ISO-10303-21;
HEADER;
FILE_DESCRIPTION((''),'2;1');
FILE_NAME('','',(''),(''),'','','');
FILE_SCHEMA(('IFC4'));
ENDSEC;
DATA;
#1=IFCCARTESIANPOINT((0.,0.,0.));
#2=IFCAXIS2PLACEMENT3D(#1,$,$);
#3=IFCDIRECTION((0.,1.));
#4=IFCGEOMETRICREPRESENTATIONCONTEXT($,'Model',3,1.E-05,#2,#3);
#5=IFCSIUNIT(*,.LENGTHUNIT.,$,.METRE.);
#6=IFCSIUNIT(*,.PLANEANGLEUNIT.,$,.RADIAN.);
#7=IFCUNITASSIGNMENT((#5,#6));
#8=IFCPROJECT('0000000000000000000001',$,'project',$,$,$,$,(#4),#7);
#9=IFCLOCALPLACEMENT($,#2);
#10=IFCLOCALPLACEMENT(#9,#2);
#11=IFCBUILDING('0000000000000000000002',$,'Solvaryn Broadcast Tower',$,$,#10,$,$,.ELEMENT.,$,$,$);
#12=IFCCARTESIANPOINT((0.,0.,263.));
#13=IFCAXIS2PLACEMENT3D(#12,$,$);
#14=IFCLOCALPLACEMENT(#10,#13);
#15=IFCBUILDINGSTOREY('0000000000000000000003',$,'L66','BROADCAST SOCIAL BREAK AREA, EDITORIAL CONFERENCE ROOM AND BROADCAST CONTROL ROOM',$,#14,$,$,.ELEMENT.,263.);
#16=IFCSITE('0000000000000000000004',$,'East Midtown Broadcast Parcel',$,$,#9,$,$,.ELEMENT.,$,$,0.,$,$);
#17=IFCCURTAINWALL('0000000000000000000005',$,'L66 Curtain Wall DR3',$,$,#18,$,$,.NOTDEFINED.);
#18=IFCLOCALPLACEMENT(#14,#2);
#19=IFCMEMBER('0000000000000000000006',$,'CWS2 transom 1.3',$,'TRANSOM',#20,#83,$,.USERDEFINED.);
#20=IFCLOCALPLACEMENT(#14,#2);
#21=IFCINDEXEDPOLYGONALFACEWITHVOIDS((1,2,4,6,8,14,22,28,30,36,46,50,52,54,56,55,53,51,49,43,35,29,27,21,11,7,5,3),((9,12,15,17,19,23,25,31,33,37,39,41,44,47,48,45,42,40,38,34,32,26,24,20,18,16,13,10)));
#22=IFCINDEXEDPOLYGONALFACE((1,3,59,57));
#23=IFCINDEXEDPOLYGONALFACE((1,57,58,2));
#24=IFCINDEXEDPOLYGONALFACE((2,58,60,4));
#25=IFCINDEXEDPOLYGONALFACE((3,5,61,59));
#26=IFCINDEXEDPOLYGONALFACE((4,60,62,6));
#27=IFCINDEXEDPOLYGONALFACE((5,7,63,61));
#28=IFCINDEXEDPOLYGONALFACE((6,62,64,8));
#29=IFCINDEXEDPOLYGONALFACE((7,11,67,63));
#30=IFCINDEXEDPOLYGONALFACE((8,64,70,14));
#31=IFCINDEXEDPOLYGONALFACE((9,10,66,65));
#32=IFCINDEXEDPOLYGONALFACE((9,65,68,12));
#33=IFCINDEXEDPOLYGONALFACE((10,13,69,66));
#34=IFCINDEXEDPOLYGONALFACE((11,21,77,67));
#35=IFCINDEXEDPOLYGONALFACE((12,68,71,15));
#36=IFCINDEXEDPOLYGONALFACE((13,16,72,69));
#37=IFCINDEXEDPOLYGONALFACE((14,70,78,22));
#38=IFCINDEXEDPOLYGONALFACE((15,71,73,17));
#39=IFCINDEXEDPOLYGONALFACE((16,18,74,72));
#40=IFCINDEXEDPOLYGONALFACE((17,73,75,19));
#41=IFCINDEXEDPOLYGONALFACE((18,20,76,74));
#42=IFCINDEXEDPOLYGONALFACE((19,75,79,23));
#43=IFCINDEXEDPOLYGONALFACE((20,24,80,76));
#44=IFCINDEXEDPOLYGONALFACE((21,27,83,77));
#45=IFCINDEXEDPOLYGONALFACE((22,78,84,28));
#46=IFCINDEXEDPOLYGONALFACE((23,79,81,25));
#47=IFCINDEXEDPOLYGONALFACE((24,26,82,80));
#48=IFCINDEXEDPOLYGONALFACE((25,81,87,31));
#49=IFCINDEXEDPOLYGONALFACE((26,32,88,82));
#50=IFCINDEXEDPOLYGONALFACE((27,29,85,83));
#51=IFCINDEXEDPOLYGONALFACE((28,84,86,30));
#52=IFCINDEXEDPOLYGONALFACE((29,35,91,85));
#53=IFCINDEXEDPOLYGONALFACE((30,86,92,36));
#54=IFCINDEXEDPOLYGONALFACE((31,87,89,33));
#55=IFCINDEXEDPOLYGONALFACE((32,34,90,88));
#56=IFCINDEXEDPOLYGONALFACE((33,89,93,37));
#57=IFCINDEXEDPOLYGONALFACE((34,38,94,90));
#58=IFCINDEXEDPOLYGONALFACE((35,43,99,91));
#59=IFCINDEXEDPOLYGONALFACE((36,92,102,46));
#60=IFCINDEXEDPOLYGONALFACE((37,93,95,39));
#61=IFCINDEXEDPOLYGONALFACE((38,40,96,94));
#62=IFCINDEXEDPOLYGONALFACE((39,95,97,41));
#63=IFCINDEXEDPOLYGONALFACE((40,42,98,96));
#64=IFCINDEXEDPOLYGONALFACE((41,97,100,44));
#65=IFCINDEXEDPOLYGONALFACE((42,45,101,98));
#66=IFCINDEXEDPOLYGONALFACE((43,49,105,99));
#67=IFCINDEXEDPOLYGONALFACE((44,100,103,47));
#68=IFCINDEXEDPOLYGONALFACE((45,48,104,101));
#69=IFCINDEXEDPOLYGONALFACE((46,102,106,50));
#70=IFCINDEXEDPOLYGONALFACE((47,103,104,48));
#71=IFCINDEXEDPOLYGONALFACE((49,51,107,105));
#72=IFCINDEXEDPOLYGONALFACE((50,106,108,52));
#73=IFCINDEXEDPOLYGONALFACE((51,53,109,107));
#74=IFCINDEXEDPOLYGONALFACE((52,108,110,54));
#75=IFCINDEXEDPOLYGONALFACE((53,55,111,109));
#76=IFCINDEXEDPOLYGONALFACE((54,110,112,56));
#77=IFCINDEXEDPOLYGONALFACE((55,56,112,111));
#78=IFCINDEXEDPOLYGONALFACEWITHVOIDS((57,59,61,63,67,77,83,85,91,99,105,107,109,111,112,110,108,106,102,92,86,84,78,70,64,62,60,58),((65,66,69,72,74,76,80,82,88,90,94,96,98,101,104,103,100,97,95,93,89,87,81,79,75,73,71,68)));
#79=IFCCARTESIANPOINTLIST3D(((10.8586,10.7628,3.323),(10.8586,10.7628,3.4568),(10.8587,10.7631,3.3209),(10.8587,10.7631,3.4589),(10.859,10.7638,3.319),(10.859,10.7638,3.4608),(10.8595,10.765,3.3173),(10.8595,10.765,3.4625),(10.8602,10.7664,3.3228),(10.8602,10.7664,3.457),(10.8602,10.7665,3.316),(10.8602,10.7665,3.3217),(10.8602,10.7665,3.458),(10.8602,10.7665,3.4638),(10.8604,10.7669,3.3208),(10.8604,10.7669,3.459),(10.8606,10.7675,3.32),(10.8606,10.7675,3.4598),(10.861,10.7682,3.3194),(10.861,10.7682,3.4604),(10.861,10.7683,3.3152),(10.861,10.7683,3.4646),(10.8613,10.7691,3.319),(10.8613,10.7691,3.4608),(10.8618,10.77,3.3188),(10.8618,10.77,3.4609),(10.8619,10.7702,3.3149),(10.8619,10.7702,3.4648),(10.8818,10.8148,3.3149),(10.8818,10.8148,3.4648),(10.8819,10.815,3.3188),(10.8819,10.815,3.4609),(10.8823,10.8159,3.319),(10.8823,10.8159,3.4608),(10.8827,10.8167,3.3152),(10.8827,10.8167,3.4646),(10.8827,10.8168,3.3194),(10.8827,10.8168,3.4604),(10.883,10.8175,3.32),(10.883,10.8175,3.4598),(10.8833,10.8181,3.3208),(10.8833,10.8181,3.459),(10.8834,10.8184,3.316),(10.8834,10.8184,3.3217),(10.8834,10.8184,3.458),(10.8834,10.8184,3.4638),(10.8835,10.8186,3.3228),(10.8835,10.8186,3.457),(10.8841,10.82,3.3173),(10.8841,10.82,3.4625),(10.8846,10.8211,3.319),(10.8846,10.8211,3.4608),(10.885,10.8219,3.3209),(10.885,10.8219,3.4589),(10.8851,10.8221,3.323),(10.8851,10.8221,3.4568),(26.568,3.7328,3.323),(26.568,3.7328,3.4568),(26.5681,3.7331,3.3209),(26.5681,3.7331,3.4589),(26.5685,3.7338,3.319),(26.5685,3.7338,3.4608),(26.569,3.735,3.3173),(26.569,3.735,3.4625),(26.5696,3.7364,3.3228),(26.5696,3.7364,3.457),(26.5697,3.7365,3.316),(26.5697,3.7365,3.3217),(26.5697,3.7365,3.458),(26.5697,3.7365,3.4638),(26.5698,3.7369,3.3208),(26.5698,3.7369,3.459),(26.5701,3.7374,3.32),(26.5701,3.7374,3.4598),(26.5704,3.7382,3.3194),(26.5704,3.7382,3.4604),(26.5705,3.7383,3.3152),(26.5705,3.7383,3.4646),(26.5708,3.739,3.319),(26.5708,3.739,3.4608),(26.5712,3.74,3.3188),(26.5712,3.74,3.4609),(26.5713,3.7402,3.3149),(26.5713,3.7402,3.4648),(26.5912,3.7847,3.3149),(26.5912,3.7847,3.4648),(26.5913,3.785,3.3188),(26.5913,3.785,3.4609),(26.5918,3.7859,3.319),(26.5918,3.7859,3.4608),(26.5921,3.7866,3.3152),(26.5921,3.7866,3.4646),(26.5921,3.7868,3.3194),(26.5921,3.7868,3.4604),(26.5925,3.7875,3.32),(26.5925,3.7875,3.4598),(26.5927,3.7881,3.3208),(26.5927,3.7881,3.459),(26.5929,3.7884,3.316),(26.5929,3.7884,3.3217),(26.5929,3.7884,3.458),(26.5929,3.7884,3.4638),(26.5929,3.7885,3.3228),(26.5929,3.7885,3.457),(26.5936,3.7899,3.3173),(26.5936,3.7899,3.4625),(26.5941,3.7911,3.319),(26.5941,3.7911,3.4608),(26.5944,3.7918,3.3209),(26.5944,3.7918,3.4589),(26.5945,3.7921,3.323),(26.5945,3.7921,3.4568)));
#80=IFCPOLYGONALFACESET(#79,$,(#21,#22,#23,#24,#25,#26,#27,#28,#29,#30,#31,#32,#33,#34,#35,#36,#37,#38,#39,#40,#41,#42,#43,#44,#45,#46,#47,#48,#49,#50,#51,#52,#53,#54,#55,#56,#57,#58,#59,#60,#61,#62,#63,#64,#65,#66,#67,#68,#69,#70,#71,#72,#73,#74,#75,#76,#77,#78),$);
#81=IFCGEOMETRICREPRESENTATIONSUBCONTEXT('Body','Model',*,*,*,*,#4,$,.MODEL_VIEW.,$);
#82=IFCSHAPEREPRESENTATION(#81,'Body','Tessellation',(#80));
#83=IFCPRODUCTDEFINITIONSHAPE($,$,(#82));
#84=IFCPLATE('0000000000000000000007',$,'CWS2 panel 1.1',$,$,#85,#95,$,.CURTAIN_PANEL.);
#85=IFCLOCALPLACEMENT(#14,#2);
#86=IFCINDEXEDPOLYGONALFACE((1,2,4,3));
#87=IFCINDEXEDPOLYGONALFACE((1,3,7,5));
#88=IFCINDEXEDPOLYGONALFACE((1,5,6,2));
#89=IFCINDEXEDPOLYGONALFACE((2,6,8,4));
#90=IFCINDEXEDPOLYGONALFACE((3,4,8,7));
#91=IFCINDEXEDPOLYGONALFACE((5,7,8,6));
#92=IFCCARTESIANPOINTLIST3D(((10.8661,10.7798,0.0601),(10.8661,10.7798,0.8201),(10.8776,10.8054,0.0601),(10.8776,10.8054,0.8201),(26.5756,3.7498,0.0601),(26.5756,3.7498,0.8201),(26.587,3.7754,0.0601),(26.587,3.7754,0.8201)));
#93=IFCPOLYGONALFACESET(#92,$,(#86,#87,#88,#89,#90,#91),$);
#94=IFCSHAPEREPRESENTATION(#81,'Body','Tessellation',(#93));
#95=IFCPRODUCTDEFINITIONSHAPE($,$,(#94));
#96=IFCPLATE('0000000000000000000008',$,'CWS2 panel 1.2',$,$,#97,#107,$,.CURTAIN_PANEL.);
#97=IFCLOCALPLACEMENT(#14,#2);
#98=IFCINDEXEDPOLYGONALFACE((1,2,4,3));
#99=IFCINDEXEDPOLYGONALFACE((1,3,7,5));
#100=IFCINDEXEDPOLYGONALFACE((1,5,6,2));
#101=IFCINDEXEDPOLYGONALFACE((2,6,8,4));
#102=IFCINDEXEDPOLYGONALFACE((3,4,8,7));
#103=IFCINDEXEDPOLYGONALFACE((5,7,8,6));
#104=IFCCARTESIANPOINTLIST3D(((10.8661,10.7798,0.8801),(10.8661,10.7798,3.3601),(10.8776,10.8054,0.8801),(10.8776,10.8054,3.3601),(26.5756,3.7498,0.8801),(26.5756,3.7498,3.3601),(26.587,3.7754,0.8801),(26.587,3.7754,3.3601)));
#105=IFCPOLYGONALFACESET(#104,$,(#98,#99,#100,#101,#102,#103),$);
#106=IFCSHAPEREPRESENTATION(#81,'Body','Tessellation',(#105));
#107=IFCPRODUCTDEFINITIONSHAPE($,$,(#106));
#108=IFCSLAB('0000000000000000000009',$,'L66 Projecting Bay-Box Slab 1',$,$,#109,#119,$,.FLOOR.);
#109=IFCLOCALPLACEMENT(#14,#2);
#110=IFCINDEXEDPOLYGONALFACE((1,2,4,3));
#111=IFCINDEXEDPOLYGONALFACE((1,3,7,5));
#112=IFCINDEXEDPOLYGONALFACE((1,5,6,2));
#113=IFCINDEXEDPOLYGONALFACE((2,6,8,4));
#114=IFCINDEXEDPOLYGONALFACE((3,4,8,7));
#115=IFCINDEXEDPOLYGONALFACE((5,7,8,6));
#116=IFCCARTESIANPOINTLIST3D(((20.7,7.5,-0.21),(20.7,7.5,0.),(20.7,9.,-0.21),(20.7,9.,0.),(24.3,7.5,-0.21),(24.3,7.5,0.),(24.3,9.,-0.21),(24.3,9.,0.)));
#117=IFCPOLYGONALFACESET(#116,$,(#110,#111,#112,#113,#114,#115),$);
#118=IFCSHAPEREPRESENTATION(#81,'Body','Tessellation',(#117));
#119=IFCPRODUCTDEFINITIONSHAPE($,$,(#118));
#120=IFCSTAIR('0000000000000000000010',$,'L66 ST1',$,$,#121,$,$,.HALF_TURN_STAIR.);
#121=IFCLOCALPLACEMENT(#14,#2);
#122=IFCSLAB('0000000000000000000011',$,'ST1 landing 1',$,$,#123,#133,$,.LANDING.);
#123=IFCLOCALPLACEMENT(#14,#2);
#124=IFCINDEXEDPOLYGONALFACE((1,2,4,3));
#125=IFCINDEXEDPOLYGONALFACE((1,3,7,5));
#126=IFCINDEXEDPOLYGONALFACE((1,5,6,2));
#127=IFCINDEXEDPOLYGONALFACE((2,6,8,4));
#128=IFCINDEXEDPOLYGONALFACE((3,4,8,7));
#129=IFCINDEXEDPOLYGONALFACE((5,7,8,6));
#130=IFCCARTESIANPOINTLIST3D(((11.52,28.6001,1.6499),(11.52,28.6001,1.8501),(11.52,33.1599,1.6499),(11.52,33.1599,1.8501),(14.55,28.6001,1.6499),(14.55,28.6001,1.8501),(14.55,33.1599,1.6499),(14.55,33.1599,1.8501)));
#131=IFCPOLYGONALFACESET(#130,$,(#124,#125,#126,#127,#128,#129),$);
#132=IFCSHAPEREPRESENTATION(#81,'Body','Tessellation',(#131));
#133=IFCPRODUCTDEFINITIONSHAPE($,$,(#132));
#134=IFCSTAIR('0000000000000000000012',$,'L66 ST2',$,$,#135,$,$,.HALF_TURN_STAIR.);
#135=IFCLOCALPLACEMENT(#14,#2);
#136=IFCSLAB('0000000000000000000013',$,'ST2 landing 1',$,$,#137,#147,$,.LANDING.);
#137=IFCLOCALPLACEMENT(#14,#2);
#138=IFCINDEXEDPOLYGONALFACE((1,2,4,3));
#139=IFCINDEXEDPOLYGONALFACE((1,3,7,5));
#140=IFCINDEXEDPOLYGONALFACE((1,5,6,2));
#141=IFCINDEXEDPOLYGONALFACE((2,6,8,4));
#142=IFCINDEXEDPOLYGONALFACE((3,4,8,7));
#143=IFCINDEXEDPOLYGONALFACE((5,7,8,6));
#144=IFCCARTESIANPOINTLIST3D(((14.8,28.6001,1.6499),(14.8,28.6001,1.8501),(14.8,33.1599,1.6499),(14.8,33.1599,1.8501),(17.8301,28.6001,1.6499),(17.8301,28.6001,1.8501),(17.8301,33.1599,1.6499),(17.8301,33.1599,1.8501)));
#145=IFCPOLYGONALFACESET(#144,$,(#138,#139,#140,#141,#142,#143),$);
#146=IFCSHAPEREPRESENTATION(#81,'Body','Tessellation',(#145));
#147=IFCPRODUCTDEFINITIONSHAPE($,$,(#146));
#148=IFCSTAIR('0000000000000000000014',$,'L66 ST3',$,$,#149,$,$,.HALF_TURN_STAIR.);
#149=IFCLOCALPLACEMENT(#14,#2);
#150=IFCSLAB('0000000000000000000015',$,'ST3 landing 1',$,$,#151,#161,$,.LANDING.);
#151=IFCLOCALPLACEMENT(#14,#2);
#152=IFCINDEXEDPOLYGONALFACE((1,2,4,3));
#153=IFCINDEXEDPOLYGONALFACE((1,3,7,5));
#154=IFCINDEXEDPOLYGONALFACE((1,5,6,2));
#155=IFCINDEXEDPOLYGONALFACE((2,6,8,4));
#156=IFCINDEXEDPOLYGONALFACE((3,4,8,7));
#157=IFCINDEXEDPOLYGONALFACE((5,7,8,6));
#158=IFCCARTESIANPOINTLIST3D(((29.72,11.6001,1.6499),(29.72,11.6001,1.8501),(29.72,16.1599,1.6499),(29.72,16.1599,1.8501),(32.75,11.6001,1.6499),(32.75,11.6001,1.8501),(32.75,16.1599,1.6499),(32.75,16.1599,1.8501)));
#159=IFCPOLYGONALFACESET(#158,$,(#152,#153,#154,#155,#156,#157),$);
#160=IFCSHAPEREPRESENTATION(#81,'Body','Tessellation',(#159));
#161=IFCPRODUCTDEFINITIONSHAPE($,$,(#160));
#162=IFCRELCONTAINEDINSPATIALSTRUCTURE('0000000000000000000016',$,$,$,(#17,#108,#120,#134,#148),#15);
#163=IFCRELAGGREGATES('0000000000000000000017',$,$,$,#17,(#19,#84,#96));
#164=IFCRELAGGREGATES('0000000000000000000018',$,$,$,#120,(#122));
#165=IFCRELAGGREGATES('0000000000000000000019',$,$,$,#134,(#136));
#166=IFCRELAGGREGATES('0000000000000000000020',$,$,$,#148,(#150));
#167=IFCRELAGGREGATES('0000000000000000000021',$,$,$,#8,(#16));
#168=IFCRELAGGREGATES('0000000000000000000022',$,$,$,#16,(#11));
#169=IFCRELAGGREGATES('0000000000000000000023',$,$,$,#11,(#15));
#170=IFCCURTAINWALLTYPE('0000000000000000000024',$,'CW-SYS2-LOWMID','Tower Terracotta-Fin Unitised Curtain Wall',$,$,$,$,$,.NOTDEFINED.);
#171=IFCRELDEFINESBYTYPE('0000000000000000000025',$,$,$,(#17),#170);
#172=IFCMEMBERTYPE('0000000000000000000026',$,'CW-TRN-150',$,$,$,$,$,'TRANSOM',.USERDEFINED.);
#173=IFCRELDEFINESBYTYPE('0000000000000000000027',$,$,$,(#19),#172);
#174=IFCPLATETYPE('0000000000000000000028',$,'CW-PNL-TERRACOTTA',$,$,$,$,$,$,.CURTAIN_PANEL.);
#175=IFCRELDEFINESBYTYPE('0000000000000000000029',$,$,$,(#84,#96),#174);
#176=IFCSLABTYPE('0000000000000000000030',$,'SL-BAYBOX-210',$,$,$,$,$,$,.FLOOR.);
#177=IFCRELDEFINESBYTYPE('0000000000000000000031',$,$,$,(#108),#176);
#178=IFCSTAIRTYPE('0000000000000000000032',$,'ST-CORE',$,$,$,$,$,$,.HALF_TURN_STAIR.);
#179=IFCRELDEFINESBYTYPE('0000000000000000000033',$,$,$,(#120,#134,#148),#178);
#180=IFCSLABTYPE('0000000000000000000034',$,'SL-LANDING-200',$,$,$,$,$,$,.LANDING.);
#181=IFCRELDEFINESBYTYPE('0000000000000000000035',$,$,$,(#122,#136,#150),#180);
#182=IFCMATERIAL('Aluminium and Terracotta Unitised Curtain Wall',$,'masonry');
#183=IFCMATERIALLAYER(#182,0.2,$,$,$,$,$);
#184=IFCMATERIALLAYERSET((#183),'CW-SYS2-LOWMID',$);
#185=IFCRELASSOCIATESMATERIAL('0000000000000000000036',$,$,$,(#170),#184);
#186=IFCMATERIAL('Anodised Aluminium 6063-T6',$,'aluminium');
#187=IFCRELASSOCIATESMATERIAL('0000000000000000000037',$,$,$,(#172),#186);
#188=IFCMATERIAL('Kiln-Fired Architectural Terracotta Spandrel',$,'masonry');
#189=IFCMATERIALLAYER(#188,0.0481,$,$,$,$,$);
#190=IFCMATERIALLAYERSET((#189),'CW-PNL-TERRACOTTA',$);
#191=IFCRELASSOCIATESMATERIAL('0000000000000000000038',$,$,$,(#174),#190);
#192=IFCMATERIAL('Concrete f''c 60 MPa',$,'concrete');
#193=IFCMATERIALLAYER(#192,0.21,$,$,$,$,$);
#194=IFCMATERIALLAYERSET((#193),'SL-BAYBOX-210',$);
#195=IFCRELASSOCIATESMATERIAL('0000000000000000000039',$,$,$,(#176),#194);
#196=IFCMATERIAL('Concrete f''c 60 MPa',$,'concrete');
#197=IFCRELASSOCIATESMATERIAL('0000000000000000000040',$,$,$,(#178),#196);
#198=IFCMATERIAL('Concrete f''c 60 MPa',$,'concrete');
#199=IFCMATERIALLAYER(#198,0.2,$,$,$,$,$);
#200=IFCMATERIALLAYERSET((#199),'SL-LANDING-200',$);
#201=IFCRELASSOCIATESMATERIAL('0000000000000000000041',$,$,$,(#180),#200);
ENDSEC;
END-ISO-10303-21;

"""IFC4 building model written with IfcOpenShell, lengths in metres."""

from ifc_helpers import new_model, si_unit, direction, frame, origin, origin_2d, place, context, subcontext, project, spatial, polyline, rectangle, hollow_rectangle, outline, extrude, material, layer, layer_set, material_profile, profile_set, type_object, element, aggregate, save


model = new_model("IFC4")

# Units and contexts
model_context = context("Model", 3, precision=1e-05, world=origin(), true_north=direction((0.0, 1.0)))
body_context = subcontext(model_context, "Body", "Model", "MODEL_VIEW")
ifc_project = project(units=[si_unit("LENGTHUNIT", "METRE"), si_unit("PLANEANGLEUNIT", "RADIAN")], contexts=[model_context])

# Site, building, storey
site_placement = place(None, origin())
site = spatial("IfcSite", under=ifc_project, at=site_placement, Name="East Midtown Broadcast Parcel", CompositionType="ELEMENT", RefElevation=0.0)
building_placement = place(site_placement, origin())
building = spatial("IfcBuilding", under=site, at=building_placement, Name="Solvaryn Broadcast Tower", CompositionType="ELEMENT")
storey_placement = place(building_placement, frame((0.0, 0.0, 263.0)))
storey = spatial("IfcBuildingStorey", under=building, at=storey_placement, Name="L66", Description="BROADCAST SOCIAL BREAK AREA, EDITORIAL CONFERENCE ROOM AND BROADCAST CONTROL ROOM", CompositionType="ELEMENT", Elevation=263.0)

# Shared definitions
ifc_material_1 = material(Name="Aluminium and Terracotta Unitised Curtain Wall", Category="masonry")
ifc_layer_1 = layer(ifc_material_1, 0.2)
ifc_layer_set_1 = layer_set([ifc_layer_1], Name="CW-SYS2-LOWMID")
curtain_wall_type = type_object("IfcCurtainWallType", Name="CW-SYS2-LOWMID", Description="Tower Terracotta-Fin Unitised Curtain Wall", PredefinedType="NOTDEFINED", material=ifc_layer_set_1)

# Curtain wall, member, plates
curtain_wall_1_placement = place(storey_placement, origin())
curtain_wall_1 = element("IfcCurtainWall", 1, at=curtain_wall_1_placement, inside=storey, type_object=curtain_wall_type, Name="L66 Curtain Wall DR3", PredefinedType="NOTDEFINED")
ifc_material_2 = material(Name="Anodised Aluminium 6063-T6", Category="aluminium")
ifc_material_profile_1 = material_profile(ifc_material_2, hollow_rectangle(XDim=0.0649, YDim=0.1499, WallThickness=0.0039, InnerFilletRadius=0.0039, OuterFilletRadius=0.0081, at=origin_2d()))
ifc_profile_set_1 = profile_set([ifc_material_profile_1], Name="Anodised Aluminium 6063-T6")
member_type_1 = type_object("IfcMemberType", Name="CW-TRN-150", ElementType="TRANSOM", PredefinedType="USERDEFINED", material=ifc_profile_set_1)
member_1_placement = place(storey_placement, frame((10.8718, 10.7925, 3.3899), z_axis=(0.912773, -0.408468, 0.0), x_axis=(0.408468, 0.912773, 0.0)))
member_1 = element("IfcMember", 2, at=member_1_placement, type_object=member_type_1, Name="CWS2 transom 1.3", ObjectType="TRANSOM", PredefinedType="USERDEFINED", context=body_context, shape_type="SweptSolid", body=[
    extrude(hollow_rectangle(XDim=0.0649, YDim=0.1499, WallThickness=0.0039, InnerFilletRadius=0.0039, OuterFilletRadius=0.0081, at=origin_2d()), origin(), (0.0, 0.0, 1.0), 17.2107),
])
ifc_material_3 = material(Name="Kiln-Fired Architectural Terracotta Spandrel", Category="masonry")
ifc_layer_2 = layer(ifc_material_3, 0.0481)
ifc_layer_set_2 = layer_set([ifc_layer_2], Name="CW-PNL-TERRACOTTA")
plate_type = type_object("IfcPlateType", Name="CW-PNL-TERRACOTTA", PredefinedType="CURTAIN_PANEL", material=ifc_layer_set_2)
plate_1_placement = place(storey_placement, frame((18.7266, 7.2776, 0.0601), z_axis=(0.0, 0.0, 1.0), x_axis=(0.912774, -0.408466, 0.0)))
plate_1 = element("IfcPlate", 3, at=plate_1_placement, type_object=plate_type, Name="CWS2 panel 1.1", PredefinedType="CURTAIN_PANEL", context=body_context, shape_type="SweptSolid", body=[
    extrude(rectangle(XDim=17.2107, YDim=0.0281, at=origin_2d()), origin(), (0.0, 0.0, 1.0), 0.76),
])
plate_2_placement = place(storey_placement, frame((18.7266, 7.2776, 0.8801), z_axis=(0.0, 0.0, 1.0), x_axis=(0.912774, -0.408466, 0.0)))
plate_2 = element("IfcPlate", 4, at=plate_2_placement, type_object=plate_type, Name="CWS2 panel 1.2", PredefinedType="CURTAIN_PANEL", context=body_context, shape_type="SweptSolid", body=[
    extrude(rectangle(XDim=17.2107, YDim=0.0281, at=origin_2d()), origin(), (0.0, 0.0, 1.0), 2.48),
])
aggregate(curtain_wall_1, [member_1, plate_1, plate_2])

# Slab
ifc_material_4 = material(Name="Concrete f'c 60 MPa", Category="concrete")
ifc_layer_3 = layer(ifc_material_4, 0.21)
ifc_layer_set_3 = layer_set([ifc_layer_3], Name="SL-BAYBOX-210")
slab_type_1 = type_object("IfcSlabType", Name="SL-BAYBOX-210", PredefinedType="FLOOR", material=ifc_layer_set_3)
slab_1_placement = place(storey_placement, frame((0.0, 0.0, -0.21)))
element("IfcSlab", 5, at=slab_1_placement, inside=storey, type_object=slab_type_1, Name="L66 Projecting Bay-Box Slab 1", PredefinedType="FLOOR", context=body_context, shape_type="SweptSolid", body=[
    extrude(outline(polyline([(20.7, 7.5), (24.3, 7.5), (24.3, 9.0), (20.7, 9.0), (20.7, 7.5)])), origin(), (0.0, 0.0, 1.0), 0.21),
])

# Stairs, slabs
ifc_material_5 = material(Name="Concrete f'c 60 MPa", Category="concrete")
stair_type = type_object("IfcStairType", Name="ST-CORE", PredefinedType="HALF_TURN_STAIR", material=ifc_material_5)
stair_1_placement = place(storey_placement, origin())
stair_1 = element("IfcStair", 6, at=stair_1_placement, inside=storey, type_object=stair_type, Name="L66 ST1", PredefinedType="HALF_TURN_STAIR")
ifc_material_6 = material(Name="Concrete f'c 60 MPa", Category="concrete")
ifc_layer_4 = layer(ifc_material_6, 0.2)
ifc_layer_set_4 = layer_set([ifc_layer_4], Name="SL-LANDING-200")
slab_type_2 = type_object("IfcSlabType", Name="SL-LANDING-200", PredefinedType="LANDING", material=ifc_layer_set_4)
slab_2_placement = place(storey_placement, frame((0.0, 0.0, 1.6499)))
slab_2 = element("IfcSlab", 7, at=slab_2_placement, type_object=slab_type_2, Name="ST1 landing 1", PredefinedType="LANDING", context=body_context, shape_type="SweptSolid", body=[
    extrude(outline(polyline([(11.52, 33.1599), (11.52, 28.6001), (14.55, 28.6001), (14.55, 33.1599), (11.52, 33.1599)])), origin(), (0.0, 0.0, 1.0), 0.2002),
])
aggregate(stair_1, [slab_2])
stair_2_placement = place(storey_placement, origin())
stair_2 = element("IfcStair", 8, at=stair_2_placement, inside=storey, type_object=stair_type, Name="L66 ST2", PredefinedType="HALF_TURN_STAIR")
slab_3_placement = place(storey_placement, frame((0.0, 0.0, 1.6499)))
slab_3 = element("IfcSlab", 9, at=slab_3_placement, type_object=slab_type_2, Name="ST2 landing 1", PredefinedType="LANDING", context=body_context, shape_type="SweptSolid", body=[
    extrude(outline(polyline([(14.8, 33.1599), (14.8, 28.6001), (17.8301, 28.6001), (17.8301, 33.1599), (14.8, 33.1599)])), origin(), (0.0, 0.0, 1.0), 0.2002),
])
aggregate(stair_2, [slab_3])
stair_3_placement = place(storey_placement, origin())
stair_3 = element("IfcStair", 10, at=stair_3_placement, inside=storey, type_object=stair_type, Name="L66 ST3", PredefinedType="HALF_TURN_STAIR")
slab_4_placement = place(storey_placement, frame((0.0, 0.0, 1.6499)))
slab_4 = element("IfcSlab", 11, at=slab_4_placement, type_object=slab_type_2, Name="ST3 landing 1", PredefinedType="LANDING", context=body_context, shape_type="SweptSolid", body=[
    extrude(outline(polyline([(29.72, 16.1599), (29.72, 11.6001), (32.75, 11.6001), (32.75, 16.1599), (29.72, 16.1599)])), origin(), (0.0, 0.0, 1.0), 0.2002),
])
aggregate(stair_3, [slab_4])

save(model, "model.ifc")
